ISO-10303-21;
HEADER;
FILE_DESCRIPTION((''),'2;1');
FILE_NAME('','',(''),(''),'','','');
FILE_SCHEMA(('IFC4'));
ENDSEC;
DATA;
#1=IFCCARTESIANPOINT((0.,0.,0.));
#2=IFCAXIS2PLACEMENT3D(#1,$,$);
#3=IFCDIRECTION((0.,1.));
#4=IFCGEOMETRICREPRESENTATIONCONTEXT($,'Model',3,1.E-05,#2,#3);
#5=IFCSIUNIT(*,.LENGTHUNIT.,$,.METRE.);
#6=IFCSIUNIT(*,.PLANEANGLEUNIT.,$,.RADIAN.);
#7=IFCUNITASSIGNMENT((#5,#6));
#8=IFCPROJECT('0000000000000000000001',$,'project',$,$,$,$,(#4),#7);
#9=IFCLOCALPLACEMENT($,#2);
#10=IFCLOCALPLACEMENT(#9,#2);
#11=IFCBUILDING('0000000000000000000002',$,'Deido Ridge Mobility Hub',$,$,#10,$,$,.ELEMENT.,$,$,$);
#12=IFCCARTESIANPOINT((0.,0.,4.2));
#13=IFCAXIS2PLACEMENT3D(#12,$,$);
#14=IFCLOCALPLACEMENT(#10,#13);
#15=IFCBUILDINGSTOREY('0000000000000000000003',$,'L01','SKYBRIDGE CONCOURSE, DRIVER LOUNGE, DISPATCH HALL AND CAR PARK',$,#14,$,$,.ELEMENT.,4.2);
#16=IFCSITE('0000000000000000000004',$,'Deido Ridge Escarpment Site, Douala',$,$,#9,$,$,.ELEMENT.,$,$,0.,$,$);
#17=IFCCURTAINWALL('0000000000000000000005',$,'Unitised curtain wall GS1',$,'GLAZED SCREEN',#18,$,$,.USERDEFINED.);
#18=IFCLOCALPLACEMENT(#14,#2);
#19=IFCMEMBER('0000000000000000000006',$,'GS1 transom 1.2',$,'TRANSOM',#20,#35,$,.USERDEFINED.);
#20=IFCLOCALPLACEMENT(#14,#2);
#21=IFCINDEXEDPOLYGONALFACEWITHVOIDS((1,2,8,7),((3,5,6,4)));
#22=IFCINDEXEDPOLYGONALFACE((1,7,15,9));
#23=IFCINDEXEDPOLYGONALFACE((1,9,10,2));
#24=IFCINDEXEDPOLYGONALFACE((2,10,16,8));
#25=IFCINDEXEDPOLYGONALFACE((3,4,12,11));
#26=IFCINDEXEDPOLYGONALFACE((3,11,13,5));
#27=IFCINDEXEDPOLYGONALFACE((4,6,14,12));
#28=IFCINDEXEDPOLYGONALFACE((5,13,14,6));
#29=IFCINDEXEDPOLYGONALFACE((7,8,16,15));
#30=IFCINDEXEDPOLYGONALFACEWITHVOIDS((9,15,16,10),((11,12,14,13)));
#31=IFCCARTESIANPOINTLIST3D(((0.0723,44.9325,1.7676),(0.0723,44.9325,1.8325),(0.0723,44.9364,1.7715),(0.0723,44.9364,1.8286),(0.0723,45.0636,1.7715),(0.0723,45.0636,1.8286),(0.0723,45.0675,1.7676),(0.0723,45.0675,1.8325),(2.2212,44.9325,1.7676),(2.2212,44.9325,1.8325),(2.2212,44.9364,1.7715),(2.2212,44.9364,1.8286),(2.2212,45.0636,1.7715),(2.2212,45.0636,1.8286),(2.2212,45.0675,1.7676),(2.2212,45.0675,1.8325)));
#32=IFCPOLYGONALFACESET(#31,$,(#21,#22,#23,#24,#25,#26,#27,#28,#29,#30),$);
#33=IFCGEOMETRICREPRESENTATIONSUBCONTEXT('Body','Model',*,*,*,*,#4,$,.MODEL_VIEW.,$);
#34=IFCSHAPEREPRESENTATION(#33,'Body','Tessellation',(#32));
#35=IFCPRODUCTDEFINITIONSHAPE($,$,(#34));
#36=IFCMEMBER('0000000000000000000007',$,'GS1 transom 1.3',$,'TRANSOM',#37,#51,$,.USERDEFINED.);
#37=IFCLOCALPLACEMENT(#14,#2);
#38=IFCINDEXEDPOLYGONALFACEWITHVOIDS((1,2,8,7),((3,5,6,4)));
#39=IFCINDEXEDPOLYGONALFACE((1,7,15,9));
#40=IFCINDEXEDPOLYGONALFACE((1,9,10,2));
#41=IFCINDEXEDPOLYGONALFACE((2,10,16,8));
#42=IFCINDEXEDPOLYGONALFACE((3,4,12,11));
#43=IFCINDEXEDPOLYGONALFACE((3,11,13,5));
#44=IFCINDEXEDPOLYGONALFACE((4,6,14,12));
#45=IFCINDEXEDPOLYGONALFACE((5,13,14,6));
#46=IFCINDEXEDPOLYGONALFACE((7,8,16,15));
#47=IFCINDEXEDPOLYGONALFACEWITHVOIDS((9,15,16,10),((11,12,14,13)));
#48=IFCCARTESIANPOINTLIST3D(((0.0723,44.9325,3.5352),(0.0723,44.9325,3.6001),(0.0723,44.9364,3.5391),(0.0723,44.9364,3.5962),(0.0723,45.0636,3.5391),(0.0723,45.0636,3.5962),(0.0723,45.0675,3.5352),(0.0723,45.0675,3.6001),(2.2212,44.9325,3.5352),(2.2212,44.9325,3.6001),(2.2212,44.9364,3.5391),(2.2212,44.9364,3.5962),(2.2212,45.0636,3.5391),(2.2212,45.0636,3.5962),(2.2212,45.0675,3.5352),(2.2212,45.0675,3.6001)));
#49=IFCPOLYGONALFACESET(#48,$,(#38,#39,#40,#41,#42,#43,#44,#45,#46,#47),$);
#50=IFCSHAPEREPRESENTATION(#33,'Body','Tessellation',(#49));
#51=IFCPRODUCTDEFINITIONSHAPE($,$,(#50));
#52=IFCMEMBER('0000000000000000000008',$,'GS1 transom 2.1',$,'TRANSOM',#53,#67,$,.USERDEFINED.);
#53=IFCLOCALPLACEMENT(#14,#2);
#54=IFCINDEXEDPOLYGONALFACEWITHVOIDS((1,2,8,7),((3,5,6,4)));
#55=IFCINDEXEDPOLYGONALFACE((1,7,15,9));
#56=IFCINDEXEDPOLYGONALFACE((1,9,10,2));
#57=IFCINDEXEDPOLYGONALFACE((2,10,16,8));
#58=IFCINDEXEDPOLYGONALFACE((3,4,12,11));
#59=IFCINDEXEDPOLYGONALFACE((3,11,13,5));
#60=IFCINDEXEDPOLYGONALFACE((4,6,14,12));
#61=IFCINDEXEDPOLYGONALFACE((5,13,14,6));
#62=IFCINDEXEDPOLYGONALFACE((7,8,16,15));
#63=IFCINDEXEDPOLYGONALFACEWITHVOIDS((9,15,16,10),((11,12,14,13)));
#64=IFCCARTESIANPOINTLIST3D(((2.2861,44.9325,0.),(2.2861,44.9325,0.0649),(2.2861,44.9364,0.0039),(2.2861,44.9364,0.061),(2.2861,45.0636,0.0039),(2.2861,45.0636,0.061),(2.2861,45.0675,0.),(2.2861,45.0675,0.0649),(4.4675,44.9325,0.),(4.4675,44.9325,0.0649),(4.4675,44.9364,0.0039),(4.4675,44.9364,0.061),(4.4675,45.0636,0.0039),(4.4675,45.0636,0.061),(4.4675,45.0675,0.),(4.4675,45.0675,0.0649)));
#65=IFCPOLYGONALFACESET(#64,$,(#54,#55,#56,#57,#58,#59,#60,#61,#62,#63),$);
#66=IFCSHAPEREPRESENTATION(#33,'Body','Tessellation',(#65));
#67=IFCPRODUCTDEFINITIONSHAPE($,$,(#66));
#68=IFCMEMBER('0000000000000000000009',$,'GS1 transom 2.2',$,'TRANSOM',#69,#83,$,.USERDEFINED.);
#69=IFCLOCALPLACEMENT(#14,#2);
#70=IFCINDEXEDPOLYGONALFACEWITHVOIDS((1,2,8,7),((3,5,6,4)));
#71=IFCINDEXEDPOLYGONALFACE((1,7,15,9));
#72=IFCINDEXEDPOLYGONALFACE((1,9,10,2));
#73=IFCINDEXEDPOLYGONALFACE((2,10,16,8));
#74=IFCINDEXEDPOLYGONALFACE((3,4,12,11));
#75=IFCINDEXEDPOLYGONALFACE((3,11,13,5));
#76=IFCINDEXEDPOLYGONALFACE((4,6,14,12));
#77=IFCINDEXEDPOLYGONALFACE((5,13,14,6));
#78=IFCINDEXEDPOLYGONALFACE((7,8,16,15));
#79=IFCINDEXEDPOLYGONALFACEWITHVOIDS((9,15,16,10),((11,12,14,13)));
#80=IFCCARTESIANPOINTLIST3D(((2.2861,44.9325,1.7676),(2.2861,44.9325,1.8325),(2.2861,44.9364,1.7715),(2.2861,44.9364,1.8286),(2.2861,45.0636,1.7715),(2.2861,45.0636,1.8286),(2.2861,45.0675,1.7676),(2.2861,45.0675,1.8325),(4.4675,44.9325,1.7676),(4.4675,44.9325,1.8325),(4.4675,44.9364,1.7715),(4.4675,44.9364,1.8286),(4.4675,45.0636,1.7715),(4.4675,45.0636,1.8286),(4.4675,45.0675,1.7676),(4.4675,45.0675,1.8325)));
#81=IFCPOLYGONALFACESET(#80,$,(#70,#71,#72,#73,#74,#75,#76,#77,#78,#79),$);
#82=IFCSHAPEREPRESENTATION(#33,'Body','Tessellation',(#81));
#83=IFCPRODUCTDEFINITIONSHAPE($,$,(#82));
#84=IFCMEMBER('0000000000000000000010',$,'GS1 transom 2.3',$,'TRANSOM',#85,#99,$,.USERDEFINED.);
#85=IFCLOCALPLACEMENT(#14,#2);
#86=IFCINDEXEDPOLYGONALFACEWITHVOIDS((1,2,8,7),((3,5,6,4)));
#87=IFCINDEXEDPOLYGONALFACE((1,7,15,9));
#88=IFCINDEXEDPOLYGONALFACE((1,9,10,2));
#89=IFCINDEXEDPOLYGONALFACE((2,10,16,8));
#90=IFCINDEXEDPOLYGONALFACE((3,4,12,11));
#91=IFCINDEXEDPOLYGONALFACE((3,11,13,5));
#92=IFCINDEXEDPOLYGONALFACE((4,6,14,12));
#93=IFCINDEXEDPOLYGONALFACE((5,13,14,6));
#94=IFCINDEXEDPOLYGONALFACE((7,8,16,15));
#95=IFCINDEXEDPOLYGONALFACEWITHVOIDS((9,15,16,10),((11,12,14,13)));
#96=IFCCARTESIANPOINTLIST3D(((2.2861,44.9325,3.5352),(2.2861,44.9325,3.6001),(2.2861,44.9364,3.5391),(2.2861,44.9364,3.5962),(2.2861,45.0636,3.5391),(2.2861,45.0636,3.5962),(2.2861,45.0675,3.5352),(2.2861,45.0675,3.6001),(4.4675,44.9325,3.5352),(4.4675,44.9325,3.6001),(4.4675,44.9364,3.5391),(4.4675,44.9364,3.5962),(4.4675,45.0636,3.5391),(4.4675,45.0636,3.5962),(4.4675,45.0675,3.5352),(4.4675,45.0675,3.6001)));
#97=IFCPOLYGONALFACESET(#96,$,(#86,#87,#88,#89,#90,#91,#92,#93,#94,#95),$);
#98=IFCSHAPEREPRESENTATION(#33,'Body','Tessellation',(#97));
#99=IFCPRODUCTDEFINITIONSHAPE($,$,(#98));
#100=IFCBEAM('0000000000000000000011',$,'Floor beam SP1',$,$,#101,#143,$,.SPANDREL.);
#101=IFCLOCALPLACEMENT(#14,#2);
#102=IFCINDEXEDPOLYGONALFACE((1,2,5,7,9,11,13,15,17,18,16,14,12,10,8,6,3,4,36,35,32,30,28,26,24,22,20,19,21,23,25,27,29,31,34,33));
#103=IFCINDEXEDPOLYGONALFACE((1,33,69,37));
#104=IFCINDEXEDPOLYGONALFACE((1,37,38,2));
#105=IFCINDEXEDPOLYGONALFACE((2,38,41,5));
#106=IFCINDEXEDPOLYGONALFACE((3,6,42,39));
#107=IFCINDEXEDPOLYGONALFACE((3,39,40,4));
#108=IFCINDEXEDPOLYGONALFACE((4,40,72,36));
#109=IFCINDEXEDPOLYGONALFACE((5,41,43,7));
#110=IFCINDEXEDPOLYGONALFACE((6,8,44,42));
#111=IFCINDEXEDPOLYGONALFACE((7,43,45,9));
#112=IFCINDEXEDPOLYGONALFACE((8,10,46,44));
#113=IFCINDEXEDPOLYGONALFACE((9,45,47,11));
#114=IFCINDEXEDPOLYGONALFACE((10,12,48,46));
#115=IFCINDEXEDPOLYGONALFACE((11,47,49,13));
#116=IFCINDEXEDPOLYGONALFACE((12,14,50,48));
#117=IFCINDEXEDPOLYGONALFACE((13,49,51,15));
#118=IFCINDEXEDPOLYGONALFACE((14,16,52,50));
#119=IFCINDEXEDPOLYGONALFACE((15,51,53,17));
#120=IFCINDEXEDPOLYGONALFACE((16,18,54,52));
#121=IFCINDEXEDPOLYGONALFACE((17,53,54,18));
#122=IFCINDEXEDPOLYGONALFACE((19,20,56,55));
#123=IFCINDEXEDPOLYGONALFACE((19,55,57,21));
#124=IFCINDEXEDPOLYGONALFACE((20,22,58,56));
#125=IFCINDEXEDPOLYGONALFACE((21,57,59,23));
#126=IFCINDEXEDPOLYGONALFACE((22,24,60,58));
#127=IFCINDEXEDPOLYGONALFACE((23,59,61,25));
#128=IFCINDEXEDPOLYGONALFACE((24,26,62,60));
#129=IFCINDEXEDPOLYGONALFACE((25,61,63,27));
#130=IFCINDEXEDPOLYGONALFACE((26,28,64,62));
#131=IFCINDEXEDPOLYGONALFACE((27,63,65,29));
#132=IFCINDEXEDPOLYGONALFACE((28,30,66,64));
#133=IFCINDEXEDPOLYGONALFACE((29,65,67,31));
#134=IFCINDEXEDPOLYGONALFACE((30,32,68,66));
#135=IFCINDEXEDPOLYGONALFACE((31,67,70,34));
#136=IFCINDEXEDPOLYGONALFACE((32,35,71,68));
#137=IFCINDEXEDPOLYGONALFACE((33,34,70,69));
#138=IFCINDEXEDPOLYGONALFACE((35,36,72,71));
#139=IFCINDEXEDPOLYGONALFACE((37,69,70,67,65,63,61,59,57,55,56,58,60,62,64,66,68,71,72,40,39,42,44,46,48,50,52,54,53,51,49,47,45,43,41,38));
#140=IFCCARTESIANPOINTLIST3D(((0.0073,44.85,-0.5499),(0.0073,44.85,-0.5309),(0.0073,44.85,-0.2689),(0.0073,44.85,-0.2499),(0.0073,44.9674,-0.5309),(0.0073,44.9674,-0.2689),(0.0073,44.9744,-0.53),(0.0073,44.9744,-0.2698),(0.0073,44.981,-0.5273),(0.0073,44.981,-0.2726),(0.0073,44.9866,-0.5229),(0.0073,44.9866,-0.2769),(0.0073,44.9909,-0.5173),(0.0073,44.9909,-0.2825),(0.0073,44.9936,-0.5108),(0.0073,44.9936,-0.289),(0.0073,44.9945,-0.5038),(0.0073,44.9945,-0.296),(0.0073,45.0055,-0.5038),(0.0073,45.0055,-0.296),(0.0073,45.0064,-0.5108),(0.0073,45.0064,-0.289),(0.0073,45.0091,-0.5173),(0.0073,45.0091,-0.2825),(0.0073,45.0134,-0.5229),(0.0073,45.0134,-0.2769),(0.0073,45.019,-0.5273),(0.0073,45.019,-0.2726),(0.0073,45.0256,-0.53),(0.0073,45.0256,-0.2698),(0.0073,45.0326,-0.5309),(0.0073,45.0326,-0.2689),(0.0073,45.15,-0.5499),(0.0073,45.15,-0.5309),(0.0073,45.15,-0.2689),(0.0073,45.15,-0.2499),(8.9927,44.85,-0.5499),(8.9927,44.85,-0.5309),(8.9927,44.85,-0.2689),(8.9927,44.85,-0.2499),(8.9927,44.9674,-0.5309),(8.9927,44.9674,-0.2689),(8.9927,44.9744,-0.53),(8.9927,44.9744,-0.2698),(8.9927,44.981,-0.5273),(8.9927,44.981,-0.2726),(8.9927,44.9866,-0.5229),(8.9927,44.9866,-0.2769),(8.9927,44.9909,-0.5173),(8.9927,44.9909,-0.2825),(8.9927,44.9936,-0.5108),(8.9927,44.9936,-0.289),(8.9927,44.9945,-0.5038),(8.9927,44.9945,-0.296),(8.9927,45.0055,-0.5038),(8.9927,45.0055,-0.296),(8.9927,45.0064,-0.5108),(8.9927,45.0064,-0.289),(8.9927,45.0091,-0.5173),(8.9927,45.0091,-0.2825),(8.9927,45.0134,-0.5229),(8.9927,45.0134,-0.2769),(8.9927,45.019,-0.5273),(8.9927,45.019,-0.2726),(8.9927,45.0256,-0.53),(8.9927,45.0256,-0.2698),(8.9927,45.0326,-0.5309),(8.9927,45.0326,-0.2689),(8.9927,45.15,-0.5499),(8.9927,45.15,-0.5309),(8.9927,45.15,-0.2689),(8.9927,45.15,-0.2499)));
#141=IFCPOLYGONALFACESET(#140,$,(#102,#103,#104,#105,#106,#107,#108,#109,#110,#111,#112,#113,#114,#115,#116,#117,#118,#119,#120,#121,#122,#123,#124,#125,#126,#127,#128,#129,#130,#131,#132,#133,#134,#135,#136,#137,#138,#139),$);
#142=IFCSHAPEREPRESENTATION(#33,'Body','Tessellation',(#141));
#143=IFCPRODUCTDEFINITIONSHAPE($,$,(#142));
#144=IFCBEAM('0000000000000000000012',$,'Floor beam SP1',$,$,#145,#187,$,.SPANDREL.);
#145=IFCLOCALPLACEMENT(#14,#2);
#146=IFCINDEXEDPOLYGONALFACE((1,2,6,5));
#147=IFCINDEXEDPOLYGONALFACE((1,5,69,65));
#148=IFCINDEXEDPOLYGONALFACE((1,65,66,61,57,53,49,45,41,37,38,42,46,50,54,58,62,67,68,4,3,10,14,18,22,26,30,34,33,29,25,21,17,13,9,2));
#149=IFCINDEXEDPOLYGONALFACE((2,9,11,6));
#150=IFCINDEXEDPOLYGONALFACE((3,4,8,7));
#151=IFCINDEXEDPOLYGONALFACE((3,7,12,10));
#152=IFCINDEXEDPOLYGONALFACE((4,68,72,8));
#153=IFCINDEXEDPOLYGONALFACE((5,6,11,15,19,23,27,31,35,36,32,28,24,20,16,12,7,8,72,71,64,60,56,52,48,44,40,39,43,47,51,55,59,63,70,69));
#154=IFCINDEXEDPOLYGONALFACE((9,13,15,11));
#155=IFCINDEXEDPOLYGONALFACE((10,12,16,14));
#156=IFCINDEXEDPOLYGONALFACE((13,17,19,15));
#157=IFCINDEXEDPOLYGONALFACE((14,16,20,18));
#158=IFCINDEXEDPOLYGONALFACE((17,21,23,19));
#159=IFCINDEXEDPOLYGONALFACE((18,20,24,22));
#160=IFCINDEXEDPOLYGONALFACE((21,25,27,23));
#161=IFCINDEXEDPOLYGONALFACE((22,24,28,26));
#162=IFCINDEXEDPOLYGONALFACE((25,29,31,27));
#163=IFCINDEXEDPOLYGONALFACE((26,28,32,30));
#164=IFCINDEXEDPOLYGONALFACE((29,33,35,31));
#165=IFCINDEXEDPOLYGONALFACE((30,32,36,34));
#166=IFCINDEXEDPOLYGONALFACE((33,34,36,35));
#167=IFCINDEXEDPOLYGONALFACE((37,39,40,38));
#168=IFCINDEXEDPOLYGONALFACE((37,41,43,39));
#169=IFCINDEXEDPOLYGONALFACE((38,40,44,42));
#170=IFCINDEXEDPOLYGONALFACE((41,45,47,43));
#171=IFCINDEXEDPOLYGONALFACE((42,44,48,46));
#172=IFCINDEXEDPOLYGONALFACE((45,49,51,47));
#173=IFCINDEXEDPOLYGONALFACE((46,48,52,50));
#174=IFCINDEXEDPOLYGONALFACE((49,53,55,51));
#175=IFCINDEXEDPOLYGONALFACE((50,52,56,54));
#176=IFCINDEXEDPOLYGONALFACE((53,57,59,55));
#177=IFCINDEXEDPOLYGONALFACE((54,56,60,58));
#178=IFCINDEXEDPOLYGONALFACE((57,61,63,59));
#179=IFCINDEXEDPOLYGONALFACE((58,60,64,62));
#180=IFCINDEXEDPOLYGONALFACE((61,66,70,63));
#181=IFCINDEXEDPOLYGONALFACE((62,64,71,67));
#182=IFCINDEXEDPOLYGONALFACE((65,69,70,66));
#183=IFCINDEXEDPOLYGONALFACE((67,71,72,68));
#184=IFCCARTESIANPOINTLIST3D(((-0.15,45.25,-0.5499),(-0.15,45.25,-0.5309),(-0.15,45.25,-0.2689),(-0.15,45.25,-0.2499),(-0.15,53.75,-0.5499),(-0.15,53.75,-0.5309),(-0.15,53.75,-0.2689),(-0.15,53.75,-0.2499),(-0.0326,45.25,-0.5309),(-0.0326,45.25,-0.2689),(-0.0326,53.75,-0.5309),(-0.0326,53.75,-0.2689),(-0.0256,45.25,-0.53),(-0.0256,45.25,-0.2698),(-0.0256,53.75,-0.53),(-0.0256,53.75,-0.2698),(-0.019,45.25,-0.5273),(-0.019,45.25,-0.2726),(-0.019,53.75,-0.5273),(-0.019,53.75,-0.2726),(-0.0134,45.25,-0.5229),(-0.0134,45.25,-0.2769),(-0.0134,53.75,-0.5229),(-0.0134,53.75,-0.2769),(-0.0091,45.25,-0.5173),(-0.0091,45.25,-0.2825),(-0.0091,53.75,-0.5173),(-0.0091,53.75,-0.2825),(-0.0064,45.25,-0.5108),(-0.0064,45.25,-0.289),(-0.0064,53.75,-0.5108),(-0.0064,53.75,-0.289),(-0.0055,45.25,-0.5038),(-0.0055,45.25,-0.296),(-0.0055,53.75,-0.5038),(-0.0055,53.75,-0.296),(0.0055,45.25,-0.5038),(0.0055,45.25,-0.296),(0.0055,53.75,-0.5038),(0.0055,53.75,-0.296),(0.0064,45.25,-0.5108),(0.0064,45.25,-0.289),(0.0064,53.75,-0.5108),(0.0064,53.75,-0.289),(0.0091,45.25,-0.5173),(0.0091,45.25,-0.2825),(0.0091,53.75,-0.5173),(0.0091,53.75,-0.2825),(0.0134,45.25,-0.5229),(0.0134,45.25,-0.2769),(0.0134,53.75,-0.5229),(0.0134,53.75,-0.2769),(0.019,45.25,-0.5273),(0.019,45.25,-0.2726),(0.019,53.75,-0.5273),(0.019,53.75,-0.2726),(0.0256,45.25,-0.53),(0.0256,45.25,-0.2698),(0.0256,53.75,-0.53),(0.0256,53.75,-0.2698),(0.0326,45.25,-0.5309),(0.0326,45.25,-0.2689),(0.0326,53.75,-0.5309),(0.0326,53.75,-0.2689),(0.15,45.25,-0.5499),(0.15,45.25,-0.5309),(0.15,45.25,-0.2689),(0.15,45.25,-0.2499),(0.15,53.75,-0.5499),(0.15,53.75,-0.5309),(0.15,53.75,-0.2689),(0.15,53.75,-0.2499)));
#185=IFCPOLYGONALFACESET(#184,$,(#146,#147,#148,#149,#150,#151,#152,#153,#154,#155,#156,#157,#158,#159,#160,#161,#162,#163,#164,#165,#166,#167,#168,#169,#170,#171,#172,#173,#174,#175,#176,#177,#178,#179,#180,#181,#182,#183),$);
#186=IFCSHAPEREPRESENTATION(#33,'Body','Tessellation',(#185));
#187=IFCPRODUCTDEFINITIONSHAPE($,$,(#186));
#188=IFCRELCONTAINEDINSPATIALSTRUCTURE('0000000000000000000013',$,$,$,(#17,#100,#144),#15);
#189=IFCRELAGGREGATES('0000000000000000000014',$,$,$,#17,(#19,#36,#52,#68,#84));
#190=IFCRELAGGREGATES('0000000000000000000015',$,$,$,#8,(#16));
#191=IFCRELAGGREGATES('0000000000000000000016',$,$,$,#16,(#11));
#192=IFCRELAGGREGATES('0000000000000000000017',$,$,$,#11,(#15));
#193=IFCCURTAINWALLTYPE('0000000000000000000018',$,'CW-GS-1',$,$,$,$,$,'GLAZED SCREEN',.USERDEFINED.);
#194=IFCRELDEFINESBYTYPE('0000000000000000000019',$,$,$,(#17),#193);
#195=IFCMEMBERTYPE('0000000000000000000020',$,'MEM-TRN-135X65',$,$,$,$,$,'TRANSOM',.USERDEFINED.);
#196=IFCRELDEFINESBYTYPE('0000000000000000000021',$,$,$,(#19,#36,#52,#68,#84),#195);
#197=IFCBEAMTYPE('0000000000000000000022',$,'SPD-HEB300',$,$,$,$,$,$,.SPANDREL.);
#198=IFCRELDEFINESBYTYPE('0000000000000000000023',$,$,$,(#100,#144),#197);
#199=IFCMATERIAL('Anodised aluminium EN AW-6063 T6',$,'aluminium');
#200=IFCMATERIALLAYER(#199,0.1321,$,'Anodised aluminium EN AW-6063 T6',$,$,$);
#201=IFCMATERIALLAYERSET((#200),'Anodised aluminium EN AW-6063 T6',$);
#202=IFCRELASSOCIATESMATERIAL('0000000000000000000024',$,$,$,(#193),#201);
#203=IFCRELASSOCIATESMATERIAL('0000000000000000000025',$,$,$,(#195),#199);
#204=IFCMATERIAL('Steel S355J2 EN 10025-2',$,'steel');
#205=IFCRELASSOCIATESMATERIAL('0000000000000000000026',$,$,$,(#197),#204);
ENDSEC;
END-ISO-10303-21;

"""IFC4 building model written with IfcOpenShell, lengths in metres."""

from ifc_helpers import new_model, si_unit, direction, frame, origin, origin_2d, place, context, subcontext, project, spatial, hollow_rectangle, i_section, extrude, material, layer, layer_set, material_profile, profile_set, type_object, element, aggregate, save


model = new_model("IFC4")

# Units and contexts
model_context = context("Model", 3, precision=1e-05, world=origin(), true_north=direction((0.0, 1.0)))
body_context = subcontext(model_context, "Body", "Model", "MODEL_VIEW")
ifc_project = project(units=[si_unit("LENGTHUNIT", "METRE"), si_unit("PLANEANGLEUNIT", "RADIAN")], contexts=[model_context])

# Site, building, storey
site_placement = place(None, origin())
site = spatial("IfcSite", under=ifc_project, at=site_placement, Name="Deido Ridge Escarpment Site, Douala", CompositionType="ELEMENT", RefElevation=0.0)
building_placement = place(site_placement, origin())
building = spatial("IfcBuilding", under=site, at=building_placement, Name="Deido Ridge Mobility Hub", CompositionType="ELEMENT")
storey_placement = place(building_placement, frame((0.0, 0.0, 4.2)))
storey = spatial("IfcBuildingStorey", under=building, at=storey_placement, Name="L01", Description="SKYBRIDGE CONCOURSE, DRIVER LOUNGE, DISPATCH HALL AND CAR PARK", CompositionType="ELEMENT", Elevation=4.2)

# Shared definitions
ifc_material_1 = material(Name="Steel S355J2 EN 10025-2", Category="steel")

# Curtain wall
ifc_material_2 = material(Name="Anodised aluminium EN AW-6063 T6", Category="aluminium")
ifc_layer_1 = layer(ifc_material_2, 0.1321, Name="Anodised aluminium EN AW-6063 T6")
ifc_layer_set_1 = layer_set([ifc_layer_1], Name="Anodised aluminium EN AW-6063 T6")
curtain_wall_type_1 = type_object("IfcCurtainWallType", Name="CW-GS-1", ElementType="GLAZED SCREEN", PredefinedType="USERDEFINED", material=ifc_layer_set_1)
curtain_wall_1_placement = place(storey_placement, origin())
curtain_wall_1 = element("IfcCurtainWall", 1, at=curtain_wall_1_placement, inside=storey, type_object=curtain_wall_type_1, Name="Unitised curtain wall GS1", ObjectType="GLAZED SCREEN", PredefinedType="USERDEFINED")

# Members
ifc_material_profile_1 = material_profile(ifc_material_2, hollow_rectangle(XDim=0.135, YDim=0.0649, WallThickness=0.0039, at=origin_2d()), Name="RHS 135x65x4")
ifc_profile_set_1 = profile_set([ifc_material_profile_1], Name="Anodised aluminium EN AW-6063 T6")
member_type_1 = type_object("IfcMemberType", Name="MEM-TRN-135X65", ElementType="TRANSOM", PredefinedType="USERDEFINED", material=ifc_profile_set_1)
member_1_placement = place(storey_placement, frame((0.0723, 45.0, 1.8), z_axis=(1.0, 0.0, 0.0), x_axis=(0.0, 1.0, 0.0)))
member_1 = element("IfcMember", 2, at=member_1_placement, type_object=member_type_1, Name="GS1 transom 1.2", ObjectType="TRANSOM", PredefinedType="USERDEFINED", context=body_context, shape_type="SweptSolid", body=[
    extrude(hollow_rectangle(XDim=0.135, YDim=0.0649, WallThickness=0.0039, at=origin_2d()), origin(), (0.0, 0.0, 1.0), 2.1489),
])
member_2_placement = place(storey_placement, frame((0.0723, 45.0, 3.5676), z_axis=(1.0, 0.0, 0.0), x_axis=(0.0, 1.0, 0.0)))
member_2 = element("IfcMember", 3, at=member_2_placement, type_object=member_type_1, Name="GS1 transom 1.3", ObjectType="TRANSOM", PredefinedType="USERDEFINED", context=body_context, shape_type="SweptSolid", body=[
    extrude(hollow_rectangle(XDim=0.135, YDim=0.0649, WallThickness=0.0039, at=origin_2d()), origin(), (0.0, 0.0, 1.0), 2.1489),
])
member_3_placement = place(storey_placement, frame((2.2861, 45.0, 0.0325), z_axis=(1.0, 0.0, 0.0), x_axis=(0.0, 1.0, 0.0)))
member_3 = element("IfcMember", 4, at=member_3_placement, type_object=member_type_1, Name="GS1 transom 2.1", ObjectType="TRANSOM", PredefinedType="USERDEFINED", context=body_context, shape_type="SweptSolid", body=[
    extrude(hollow_rectangle(XDim=0.135, YDim=0.0649, WallThickness=0.0039, at=origin_2d()), origin(), (0.0, 0.0, 1.0), 2.1814),
])
member_4_placement = place(storey_placement, frame((2.2861, 45.0, 1.8), z_axis=(1.0, 0.0, 0.0), x_axis=(0.0, 1.0, 0.0)))
member_4 = element("IfcMember", 5, at=member_4_placement, type_object=member_type_1, Name="GS1 transom 2.2", ObjectType="TRANSOM", PredefinedType="USERDEFINED", context=body_context, shape_type="SweptSolid", body=[
    extrude(hollow_rectangle(XDim=0.135, YDim=0.0649, WallThickness=0.0039, at=origin_2d()), origin(), (0.0, 0.0, 1.0), 2.1814),
])
member_5_placement = place(storey_placement, frame((2.2861, 45.0, 3.5676), z_axis=(1.0, 0.0, 0.0), x_axis=(0.0, 1.0, 0.0)))
member_5 = element("IfcMember", 6, at=member_5_placement, type_object=member_type_1, Name="GS1 transom 2.3", ObjectType="TRANSOM", PredefinedType="USERDEFINED", context=body_context, shape_type="SweptSolid", body=[
    extrude(hollow_rectangle(XDim=0.135, YDim=0.0649, WallThickness=0.0039, at=origin_2d()), origin(), (0.0, 0.0, 1.0), 2.1814),
])

# Beams
ifc_material_profile_2 = material_profile(ifc_material_1, i_section(OverallWidth=0.3, OverallDepth=0.3, WebThickness=0.011, FlangeThickness=0.019, FilletRadius=0.0271, at=origin_2d()), Name="HEB 300")
ifc_profile_set_2 = profile_set([ifc_material_profile_2], Name="Steel S355J2 EN 10025-2")
beam_type = type_object("IfcBeamType", Name="SPD-HEB300", PredefinedType="SPANDREL", material=ifc_profile_set_2)
beam_1_placement = place(storey_placement, frame((0.0073, 45.0, -0.3999), z_axis=(1.0, 0.0, 0.0), x_axis=(0.0, 1.0, 0.0)))
element("IfcBeam", 7, at=beam_1_placement, inside=storey, type_object=beam_type, Name="Floor beam SP1", PredefinedType="SPANDREL", context=body_context, shape_type="SweptSolid", body=[
    extrude(i_section(OverallWidth=0.3, OverallDepth=0.3, WebThickness=0.011, FlangeThickness=0.019, FilletRadius=0.0271, at=origin_2d()), origin(), (0.0, 0.0, 1.0), 8.9854),
])
beam_2_placement = place(storey_placement, frame((0.0, 45.25, -0.3999), z_axis=(0.0, 1.0, 0.0), x_axis=(-1.0, 0.0, 0.0)))
element("IfcBeam", 8, at=beam_2_placement, inside=storey, type_object=beam_type, Name="Floor beam SP1", PredefinedType="SPANDREL", context=body_context, shape_type="SweptSolid", body=[
    extrude(i_section(OverallWidth=0.3, OverallDepth=0.3, WebThickness=0.011, FlangeThickness=0.019, FilletRadius=0.0271, at=origin_2d()), origin(), (0.0, 0.0, 1.0), 8.5),
])

aggregate(curtain_wall_1, [member_1, member_2, member_3, member_4, member_5])

save(model, "model.ifc")
